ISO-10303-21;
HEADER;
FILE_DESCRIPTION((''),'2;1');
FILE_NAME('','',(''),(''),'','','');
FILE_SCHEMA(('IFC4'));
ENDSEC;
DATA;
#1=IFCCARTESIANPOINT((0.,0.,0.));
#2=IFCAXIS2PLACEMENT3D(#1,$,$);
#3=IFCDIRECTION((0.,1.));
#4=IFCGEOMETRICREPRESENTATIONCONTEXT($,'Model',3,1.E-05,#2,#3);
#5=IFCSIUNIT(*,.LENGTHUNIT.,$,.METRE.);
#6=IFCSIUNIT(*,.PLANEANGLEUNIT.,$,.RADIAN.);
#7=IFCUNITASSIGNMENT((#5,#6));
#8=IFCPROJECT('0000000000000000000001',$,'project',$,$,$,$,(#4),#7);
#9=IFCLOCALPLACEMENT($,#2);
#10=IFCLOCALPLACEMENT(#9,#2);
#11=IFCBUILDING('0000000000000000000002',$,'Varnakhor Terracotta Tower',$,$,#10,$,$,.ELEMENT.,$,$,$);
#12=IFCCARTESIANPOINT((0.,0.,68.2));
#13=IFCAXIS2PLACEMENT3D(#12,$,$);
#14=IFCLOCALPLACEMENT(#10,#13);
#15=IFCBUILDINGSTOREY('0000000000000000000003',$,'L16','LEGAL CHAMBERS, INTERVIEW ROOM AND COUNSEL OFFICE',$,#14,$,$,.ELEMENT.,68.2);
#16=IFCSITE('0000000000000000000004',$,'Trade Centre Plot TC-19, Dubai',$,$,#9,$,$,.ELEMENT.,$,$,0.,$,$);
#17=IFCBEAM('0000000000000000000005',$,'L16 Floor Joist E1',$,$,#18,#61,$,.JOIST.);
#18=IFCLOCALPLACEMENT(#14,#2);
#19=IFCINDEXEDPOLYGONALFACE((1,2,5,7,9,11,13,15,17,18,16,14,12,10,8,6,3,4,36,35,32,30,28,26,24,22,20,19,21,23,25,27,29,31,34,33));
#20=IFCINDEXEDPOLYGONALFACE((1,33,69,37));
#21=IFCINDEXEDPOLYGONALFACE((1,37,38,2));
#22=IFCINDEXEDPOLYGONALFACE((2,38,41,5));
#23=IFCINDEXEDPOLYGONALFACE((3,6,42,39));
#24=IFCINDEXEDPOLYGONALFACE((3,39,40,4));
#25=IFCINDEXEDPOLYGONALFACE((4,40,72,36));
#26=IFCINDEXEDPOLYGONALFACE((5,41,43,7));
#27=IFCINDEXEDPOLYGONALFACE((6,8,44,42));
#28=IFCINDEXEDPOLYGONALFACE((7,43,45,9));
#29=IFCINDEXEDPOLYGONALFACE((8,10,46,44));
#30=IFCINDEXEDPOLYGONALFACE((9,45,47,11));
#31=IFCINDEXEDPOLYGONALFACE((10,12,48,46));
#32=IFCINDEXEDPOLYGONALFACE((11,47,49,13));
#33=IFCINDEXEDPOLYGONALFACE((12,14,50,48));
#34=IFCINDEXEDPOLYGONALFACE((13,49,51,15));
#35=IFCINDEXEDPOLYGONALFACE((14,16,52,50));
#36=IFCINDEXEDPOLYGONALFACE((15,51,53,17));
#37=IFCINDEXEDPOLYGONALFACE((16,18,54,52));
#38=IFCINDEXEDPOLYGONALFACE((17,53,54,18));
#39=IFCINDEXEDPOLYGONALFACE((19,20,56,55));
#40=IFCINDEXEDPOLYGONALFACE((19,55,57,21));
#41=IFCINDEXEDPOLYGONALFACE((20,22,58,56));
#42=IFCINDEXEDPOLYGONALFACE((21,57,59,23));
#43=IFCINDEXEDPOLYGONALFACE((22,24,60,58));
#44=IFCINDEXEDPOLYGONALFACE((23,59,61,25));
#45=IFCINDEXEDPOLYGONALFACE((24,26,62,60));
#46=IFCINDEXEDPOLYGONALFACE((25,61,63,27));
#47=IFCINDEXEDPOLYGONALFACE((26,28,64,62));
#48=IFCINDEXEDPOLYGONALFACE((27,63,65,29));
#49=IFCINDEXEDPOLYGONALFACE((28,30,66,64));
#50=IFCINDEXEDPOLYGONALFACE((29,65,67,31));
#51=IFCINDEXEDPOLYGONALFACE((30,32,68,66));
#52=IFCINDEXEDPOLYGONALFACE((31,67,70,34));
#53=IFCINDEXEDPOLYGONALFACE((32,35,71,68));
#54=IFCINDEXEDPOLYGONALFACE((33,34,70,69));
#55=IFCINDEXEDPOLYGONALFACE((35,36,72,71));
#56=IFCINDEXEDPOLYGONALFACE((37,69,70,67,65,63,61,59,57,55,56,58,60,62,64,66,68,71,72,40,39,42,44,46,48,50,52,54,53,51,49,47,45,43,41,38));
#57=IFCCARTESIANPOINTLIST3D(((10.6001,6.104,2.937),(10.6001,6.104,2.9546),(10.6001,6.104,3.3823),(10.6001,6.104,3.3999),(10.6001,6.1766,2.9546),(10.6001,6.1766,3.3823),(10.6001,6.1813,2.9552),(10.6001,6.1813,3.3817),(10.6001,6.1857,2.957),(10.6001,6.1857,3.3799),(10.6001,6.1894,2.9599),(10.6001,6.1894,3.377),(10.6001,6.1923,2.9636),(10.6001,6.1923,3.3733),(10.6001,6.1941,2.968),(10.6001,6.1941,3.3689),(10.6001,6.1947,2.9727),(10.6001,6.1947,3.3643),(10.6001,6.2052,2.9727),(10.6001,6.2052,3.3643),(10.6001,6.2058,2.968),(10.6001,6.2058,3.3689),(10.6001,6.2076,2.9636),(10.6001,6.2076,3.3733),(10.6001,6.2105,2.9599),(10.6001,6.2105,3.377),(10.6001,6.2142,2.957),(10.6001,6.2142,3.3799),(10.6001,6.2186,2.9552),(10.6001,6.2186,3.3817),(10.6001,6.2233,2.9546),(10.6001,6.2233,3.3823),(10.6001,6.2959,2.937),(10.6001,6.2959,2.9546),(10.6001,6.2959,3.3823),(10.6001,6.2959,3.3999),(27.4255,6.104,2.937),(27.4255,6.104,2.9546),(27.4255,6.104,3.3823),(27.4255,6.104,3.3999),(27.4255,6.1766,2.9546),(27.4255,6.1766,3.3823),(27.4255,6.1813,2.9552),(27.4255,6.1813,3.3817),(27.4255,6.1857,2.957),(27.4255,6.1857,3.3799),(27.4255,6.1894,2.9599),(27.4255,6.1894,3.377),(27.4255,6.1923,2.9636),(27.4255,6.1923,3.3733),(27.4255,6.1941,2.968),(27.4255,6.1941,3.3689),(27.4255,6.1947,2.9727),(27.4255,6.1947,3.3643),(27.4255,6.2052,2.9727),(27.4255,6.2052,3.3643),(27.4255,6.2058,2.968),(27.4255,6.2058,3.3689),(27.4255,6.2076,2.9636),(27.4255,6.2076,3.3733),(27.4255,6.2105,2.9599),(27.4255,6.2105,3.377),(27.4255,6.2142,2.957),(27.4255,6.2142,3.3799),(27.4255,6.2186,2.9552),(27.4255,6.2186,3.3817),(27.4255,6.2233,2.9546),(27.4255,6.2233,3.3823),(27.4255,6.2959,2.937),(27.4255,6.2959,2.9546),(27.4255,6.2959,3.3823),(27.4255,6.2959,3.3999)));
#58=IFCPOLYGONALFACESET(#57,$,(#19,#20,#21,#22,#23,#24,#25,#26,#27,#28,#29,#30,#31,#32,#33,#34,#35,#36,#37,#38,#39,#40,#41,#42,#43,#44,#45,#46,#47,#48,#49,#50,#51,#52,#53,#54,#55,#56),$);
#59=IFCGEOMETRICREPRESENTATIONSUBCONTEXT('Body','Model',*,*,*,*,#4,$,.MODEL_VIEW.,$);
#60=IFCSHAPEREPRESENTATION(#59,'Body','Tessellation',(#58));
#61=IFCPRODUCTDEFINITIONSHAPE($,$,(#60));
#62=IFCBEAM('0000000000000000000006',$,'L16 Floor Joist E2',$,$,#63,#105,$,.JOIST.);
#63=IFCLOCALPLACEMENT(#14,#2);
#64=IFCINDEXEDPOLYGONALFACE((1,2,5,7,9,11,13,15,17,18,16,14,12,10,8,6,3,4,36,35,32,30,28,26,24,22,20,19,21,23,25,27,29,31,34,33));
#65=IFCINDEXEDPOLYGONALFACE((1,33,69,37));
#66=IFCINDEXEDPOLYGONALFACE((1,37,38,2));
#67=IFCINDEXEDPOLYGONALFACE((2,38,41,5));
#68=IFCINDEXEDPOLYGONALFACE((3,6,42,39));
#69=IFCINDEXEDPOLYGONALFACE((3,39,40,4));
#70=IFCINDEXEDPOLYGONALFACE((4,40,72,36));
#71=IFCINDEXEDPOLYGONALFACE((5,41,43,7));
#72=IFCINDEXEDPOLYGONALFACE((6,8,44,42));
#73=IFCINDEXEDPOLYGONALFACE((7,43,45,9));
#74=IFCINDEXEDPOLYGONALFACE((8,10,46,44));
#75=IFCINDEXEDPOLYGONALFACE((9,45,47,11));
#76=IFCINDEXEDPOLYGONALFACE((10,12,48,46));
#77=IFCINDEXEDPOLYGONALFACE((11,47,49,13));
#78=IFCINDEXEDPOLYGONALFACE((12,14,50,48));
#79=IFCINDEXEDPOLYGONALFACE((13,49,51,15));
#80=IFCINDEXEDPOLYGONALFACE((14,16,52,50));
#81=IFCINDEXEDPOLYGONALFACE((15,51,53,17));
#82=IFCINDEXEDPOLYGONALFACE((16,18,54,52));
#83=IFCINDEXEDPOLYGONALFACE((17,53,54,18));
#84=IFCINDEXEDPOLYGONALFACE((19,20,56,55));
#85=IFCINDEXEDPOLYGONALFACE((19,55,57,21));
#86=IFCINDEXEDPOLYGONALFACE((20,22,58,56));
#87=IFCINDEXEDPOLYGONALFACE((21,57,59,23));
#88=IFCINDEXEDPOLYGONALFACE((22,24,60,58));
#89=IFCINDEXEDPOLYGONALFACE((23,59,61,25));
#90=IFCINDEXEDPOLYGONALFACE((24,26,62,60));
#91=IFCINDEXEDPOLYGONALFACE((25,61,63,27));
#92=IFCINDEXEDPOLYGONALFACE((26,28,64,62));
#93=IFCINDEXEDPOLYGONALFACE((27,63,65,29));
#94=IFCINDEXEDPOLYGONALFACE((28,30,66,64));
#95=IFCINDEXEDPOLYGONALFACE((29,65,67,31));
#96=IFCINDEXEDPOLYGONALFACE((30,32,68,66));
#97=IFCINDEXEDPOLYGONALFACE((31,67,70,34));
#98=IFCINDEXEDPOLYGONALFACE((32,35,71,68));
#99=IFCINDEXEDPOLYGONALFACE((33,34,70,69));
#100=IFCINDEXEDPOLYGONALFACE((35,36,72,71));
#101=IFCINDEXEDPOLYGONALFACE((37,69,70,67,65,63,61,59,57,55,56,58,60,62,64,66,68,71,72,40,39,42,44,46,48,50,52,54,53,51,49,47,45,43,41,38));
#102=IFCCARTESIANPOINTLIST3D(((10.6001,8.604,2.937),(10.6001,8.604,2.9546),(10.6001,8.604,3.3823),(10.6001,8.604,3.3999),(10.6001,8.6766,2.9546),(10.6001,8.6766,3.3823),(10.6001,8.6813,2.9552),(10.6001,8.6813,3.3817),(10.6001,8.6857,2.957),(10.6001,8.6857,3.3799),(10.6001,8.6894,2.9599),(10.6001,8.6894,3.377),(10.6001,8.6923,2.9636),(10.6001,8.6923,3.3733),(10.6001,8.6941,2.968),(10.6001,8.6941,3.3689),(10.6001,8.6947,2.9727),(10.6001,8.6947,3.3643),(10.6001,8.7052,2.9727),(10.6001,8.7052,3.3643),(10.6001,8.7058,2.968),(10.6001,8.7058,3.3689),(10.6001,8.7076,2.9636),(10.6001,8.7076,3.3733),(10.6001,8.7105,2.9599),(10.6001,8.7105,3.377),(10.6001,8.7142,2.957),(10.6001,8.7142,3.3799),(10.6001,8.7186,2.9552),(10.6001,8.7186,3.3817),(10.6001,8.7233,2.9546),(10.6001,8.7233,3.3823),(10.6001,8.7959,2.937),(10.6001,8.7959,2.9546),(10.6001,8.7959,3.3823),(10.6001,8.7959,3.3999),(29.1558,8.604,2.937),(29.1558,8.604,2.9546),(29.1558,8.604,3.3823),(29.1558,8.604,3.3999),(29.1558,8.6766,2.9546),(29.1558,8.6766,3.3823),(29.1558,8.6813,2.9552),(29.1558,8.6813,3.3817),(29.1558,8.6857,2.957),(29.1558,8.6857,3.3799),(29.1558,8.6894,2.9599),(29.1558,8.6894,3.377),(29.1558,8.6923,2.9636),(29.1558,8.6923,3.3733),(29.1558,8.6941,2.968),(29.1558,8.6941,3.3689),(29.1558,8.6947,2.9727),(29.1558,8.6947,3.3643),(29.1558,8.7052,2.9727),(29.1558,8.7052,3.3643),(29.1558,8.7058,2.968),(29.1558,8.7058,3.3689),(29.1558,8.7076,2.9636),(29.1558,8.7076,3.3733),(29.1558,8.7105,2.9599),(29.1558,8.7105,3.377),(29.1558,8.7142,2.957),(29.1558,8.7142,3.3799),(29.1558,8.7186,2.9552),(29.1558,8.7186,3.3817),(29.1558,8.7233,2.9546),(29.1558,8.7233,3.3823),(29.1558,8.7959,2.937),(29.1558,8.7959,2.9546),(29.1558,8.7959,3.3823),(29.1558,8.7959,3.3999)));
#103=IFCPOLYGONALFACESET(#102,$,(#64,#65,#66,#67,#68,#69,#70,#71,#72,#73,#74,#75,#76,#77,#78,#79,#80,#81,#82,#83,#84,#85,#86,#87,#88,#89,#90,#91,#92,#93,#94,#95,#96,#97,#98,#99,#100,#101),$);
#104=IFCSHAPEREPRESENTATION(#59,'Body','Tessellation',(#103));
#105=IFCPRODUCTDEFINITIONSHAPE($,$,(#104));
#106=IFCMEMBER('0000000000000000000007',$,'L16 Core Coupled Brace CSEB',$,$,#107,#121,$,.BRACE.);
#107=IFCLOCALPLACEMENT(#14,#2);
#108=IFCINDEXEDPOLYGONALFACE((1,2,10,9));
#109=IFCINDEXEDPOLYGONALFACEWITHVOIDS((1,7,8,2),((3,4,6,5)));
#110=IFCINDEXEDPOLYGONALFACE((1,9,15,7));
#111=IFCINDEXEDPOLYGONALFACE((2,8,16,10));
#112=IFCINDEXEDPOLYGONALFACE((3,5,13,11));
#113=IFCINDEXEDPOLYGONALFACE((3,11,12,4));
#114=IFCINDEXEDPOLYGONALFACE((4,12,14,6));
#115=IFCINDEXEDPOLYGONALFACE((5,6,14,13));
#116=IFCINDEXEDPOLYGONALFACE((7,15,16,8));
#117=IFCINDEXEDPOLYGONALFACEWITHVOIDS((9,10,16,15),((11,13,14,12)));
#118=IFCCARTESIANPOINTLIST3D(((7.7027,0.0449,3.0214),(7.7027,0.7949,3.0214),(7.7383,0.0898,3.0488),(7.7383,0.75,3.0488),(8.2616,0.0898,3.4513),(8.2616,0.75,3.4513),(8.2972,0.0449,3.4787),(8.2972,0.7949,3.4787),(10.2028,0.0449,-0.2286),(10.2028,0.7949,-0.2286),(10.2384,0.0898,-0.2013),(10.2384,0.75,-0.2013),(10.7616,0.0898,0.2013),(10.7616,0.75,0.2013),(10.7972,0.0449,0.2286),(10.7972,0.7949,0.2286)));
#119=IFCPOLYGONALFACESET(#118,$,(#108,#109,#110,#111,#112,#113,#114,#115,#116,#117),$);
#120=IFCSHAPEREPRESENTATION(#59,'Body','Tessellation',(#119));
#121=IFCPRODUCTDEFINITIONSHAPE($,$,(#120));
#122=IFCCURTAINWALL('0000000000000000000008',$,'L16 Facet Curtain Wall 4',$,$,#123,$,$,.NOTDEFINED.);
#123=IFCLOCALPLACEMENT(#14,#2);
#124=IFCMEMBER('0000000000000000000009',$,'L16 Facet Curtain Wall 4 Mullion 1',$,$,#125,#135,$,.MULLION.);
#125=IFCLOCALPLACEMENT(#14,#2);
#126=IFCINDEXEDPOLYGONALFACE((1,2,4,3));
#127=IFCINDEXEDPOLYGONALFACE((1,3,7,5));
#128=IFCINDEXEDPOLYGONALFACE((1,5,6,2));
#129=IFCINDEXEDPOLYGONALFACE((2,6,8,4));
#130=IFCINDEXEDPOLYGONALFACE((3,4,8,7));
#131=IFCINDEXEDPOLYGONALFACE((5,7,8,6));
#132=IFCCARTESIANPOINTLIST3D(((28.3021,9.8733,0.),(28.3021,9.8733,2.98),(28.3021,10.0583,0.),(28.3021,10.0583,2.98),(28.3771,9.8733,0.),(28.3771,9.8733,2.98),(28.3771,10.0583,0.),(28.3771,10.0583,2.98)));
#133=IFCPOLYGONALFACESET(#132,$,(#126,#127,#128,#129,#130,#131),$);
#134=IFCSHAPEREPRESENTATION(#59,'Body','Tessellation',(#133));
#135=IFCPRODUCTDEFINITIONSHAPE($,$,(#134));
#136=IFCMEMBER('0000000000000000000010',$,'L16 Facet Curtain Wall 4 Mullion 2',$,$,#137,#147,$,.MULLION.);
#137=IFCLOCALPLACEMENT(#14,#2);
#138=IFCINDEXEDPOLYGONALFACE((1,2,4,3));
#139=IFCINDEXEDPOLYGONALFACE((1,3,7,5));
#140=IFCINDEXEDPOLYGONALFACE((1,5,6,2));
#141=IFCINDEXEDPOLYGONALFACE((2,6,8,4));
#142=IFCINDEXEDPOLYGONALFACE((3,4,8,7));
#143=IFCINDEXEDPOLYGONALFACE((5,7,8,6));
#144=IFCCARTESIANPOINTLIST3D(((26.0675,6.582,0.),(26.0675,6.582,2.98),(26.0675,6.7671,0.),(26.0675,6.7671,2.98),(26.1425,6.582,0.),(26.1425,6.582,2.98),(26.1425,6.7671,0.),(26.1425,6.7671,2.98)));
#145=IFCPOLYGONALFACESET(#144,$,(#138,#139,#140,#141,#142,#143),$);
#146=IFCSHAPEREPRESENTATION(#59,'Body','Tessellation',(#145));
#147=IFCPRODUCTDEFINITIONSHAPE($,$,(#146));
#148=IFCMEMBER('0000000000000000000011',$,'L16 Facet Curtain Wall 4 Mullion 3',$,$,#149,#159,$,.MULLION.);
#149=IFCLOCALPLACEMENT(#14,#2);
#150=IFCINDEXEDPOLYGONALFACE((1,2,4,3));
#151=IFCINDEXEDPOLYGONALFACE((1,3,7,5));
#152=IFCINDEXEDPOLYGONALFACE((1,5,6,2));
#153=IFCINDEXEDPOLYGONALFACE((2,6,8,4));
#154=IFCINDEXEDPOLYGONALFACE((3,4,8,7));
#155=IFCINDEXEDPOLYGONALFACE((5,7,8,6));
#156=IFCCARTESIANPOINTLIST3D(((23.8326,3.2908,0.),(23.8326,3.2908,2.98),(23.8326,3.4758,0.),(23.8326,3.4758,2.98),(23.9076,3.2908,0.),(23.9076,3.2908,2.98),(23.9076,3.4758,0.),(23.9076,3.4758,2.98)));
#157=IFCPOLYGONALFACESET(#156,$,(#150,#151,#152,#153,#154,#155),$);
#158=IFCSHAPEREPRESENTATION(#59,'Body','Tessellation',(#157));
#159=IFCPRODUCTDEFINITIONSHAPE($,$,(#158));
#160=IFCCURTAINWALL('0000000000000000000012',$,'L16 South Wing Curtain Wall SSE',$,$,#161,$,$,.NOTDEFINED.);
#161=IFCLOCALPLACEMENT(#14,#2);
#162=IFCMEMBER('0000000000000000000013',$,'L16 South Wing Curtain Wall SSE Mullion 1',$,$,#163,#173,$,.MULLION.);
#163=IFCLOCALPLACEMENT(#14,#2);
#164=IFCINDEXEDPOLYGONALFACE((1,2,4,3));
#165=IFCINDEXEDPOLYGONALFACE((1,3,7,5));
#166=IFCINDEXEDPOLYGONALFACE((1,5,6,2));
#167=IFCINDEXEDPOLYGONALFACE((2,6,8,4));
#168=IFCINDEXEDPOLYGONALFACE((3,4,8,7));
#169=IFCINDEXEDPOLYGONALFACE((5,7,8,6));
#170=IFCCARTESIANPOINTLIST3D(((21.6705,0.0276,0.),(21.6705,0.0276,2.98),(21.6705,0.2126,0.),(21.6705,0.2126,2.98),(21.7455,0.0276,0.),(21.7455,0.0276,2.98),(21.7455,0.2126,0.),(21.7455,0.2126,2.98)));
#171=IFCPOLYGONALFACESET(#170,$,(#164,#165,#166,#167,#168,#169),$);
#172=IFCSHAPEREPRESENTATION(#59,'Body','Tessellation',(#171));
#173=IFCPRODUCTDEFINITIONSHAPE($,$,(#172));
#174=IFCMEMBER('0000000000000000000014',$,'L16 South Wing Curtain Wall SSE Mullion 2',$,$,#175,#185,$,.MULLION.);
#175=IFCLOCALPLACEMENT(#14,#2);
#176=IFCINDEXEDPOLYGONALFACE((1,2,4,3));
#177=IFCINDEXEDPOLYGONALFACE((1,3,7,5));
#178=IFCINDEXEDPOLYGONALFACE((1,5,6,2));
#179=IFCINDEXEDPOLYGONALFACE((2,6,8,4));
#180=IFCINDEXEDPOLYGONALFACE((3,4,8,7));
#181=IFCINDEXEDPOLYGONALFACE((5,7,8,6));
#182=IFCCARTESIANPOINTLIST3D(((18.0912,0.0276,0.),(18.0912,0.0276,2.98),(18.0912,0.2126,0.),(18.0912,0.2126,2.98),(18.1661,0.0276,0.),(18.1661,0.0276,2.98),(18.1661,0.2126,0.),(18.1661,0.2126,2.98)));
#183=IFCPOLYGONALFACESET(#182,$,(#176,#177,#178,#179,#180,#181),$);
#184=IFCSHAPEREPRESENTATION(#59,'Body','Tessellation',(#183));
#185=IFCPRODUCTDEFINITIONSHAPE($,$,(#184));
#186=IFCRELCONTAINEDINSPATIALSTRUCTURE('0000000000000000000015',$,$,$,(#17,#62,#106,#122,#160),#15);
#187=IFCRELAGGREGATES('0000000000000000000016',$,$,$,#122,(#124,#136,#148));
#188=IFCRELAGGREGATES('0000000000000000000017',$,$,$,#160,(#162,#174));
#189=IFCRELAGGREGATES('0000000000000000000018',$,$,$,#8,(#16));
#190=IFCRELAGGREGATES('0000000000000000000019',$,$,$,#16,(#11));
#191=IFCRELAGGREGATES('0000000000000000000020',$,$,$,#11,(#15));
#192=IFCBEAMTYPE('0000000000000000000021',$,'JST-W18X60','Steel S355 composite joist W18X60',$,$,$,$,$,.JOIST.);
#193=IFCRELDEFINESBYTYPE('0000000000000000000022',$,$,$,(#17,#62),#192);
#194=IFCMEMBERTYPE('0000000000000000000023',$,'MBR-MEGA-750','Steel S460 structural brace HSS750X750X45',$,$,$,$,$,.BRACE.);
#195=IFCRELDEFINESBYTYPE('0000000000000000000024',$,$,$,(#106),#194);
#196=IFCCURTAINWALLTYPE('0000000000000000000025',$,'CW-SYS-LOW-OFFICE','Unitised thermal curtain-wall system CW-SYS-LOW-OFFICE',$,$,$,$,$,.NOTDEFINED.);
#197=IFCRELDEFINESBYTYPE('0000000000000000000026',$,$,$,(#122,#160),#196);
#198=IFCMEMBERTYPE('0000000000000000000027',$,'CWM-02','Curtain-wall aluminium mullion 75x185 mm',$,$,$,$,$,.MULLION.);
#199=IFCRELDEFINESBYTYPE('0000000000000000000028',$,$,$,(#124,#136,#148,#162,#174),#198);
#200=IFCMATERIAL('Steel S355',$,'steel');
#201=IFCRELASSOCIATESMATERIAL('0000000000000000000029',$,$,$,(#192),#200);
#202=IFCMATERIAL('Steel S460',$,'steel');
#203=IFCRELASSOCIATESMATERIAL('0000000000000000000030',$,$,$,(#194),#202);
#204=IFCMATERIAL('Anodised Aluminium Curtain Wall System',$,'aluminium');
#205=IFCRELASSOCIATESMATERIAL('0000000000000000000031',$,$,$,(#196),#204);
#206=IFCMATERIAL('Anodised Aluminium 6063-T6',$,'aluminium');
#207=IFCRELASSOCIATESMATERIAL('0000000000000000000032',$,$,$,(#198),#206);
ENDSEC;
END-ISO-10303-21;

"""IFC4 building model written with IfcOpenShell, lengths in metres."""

from ifc_helpers import new_model, si_unit, direction, frame, origin, origin_2d, place, context, subcontext, project, spatial, rectangle, hollow_rectangle, i_section, extrude, source, transform, mapped, material, material_profile, profile_set, type_object, element, aggregate, save


model = new_model("IFC4")

# Units and contexts
model_context = context("Model", 3, precision=1e-05, world=origin(), true_north=direction((0.0, 1.0)))
body_context = subcontext(model_context, "Body", "Model", "MODEL_VIEW")
ifc_project = project(units=[si_unit("LENGTHUNIT", "METRE"), si_unit("PLANEANGLEUNIT", "RADIAN")], contexts=[model_context])

# Site, building, storey
site_placement = place(None, origin())
site = spatial("IfcSite", under=ifc_project, at=site_placement, Name="Trade Centre Plot TC-19, Dubai", CompositionType="ELEMENT", RefElevation=0.0)
building_placement = place(site_placement, origin())
building = spatial("IfcBuilding", under=site, at=building_placement, Name="Varnakhor Terracotta Tower", CompositionType="ELEMENT")
storey_placement = place(building_placement, frame((0.0, 0.0, 68.2)))
storey = spatial("IfcBuildingStorey", under=building, at=storey_placement, Name="L16", Description="LEGAL CHAMBERS, INTERVIEW ROOM AND COUNSEL OFFICE", CompositionType="ELEMENT", Elevation=68.2)

# Shared definitions
ifc_material_1 = material(Name="Steel S460", Category="steel")

# Beams
ifc_material_2 = material(Name="Steel S355", Category="steel")
ifc_material_profile_1 = material_profile(ifc_material_2, i_section(OverallWidth=0.1919, OverallDepth=0.4629, WebThickness=0.0105, FlangeThickness=0.0176, FilletRadius=0.0181, at=origin_2d()), Name="W18X60")
ifc_profile_set_1 = profile_set([ifc_material_profile_1], Name="Steel S355")
beam_type_1 = type_object("IfcBeamType", Name="JST-W18X60", Description="Steel S355 composite joist W18X60", PredefinedType="JOIST", material=ifc_profile_set_1)
shared_shape_1 = source(origin(), body_context, "Body", "SweptSolid", [
    extrude(i_section(OverallWidth=0.1919, OverallDepth=0.4629, WebThickness=0.0105, FlangeThickness=0.0176, FilletRadius=0.0181, at=origin_2d()), origin(), (0.0, 0.0, 1.0), 16.8254),
])
beam_1_placement = place(storey_placement, frame((10.6001, 6.2, 3.1685), z_axis=(1.0, 0.0, 0.0), x_axis=(0.0, 1.0, 0.0)))
element("IfcBeam", 1, at=beam_1_placement, inside=storey, type_object=beam_type_1, Name="L16 Floor Joist E1", PredefinedType="JOIST", context=body_context, shape_type="MappedRepresentation", body=[
    mapped(shared_shape_1, transform((0.0, 0.0, 0.0), scale=1.0)),
])
shared_shape_2 = source(origin(), body_context, "Body", "SweptSolid", [
    extrude(i_section(OverallWidth=0.1919, OverallDepth=0.4629, WebThickness=0.0105, FlangeThickness=0.0176, FilletRadius=0.0181, at=origin_2d()), origin(), (0.0, 0.0, 1.0), 18.5557),
])
beam_2_placement = place(storey_placement, frame((10.6001, 8.7, 3.1685), z_axis=(1.0, 0.0, 0.0), x_axis=(0.0, 1.0, 0.0)))
element("IfcBeam", 2, at=beam_2_placement, inside=storey, type_object=beam_type_1, Name="L16 Floor Joist E2", PredefinedType="JOIST", context=body_context, shape_type="MappedRepresentation", body=[
    mapped(shared_shape_2, transform((0.0, 0.0, 0.0), scale=1.0)),
])

# Member
ifc_material_profile_2 = material_profile(ifc_material_1, hollow_rectangle(XDim=0.75, YDim=0.75, WallThickness=0.0449, at=origin_2d()), Name="HSS750X750X45")
ifc_profile_set_2 = profile_set([ifc_material_profile_2], Name="Steel S460")
member_type_1 = type_object("IfcMemberType", Name="MBR-MEGA-750", Description="Steel S460 structural brace HSS750X750X45", PredefinedType="BRACE", material=ifc_profile_set_2)
shared_shape_3 = source(origin(), body_context, "Body", "SweptSolid", [
    extrude(hollow_rectangle(XDim=0.75, YDim=0.75, WallThickness=0.0449, at=origin_2d()), origin(), (0.0, 0.0, 1.0), 4.1003),
])
member_1_placement = place(storey_placement, frame((10.5, 0.4199, 0.0), z_axis=(-0.609711, 0.0, 0.792624), x_axis=(0.0, -1.0, 0.0)))
element("IfcMember", 3, at=member_1_placement, inside=storey, type_object=member_type_1, Name="L16 Core Coupled Brace CSEB", PredefinedType="BRACE", context=body_context, shape_type="MappedRepresentation", body=[
    mapped(shared_shape_3, transform((0.0, 0.0, 0.0), scale=1.0)),
])

# Curtain walls, members
ifc_material_3 = material(Name="Anodised Aluminium Curtain Wall System", Category="aluminium")
curtain_wall_type = type_object("IfcCurtainWallType", Name="CW-SYS-LOW-OFFICE", Description="Unitised thermal curtain-wall system CW-SYS-LOW-OFFICE", PredefinedType="NOTDEFINED", material=ifc_material_3)
curtain_wall_1_placement = place(storey_placement, origin())
curtain_wall_1 = element("IfcCurtainWall", 4, at=curtain_wall_1_placement, inside=storey, type_object=curtain_wall_type, Name="L16 Facet Curtain Wall 4", PredefinedType="NOTDEFINED")
ifc_material_4 = material(Name="Anodised Aluminium 6063-T6", Category="aluminium")
ifc_material_profile_3 = material_profile(ifc_material_4, rectangle(XDim=0.075, YDim=0.1851, at=origin_2d()), Name="ALU MULLION 75x185")
ifc_profile_set_3 = profile_set([ifc_material_profile_3], Name="Anodised Aluminium 6063-T6")
member_type_2 = type_object("IfcMemberType", Name="CWM-02", Description="Curtain-wall aluminium mullion 75x185 mm", PredefinedType="MULLION", material=ifc_profile_set_3)
shared_shape_4 = source(origin(), body_context, "Body", "SweptSolid", [
    extrude(rectangle(XDim=0.075, YDim=0.1851, at=origin_2d()), origin(), (0.0, 0.0, 1.0), 2.98),
])
member_2_placement = place(storey_placement, frame((28.3396, 9.9658, 0.0), z_axis=(0.0, 0.0, 1.0), x_axis=(1.0, 0.0, 0.0)))
member_2 = element("IfcMember", 5, at=member_2_placement, type_object=member_type_2, Name="L16 Facet Curtain Wall 4 Mullion 1", PredefinedType="MULLION", context=body_context, shape_type="MappedRepresentation", body=[
    mapped(shared_shape_4, transform((0.0, 0.0, 0.0), scale=1.0)),
])
member_3_placement = place(storey_placement, frame((26.105, 6.6746, 0.0), z_axis=(0.0, 0.0, 1.0), x_axis=(1.0, 0.0, 0.0)))
member_3 = element("IfcMember", 6, at=member_3_placement, type_object=member_type_2, Name="L16 Facet Curtain Wall 4 Mullion 2", PredefinedType="MULLION", context=body_context, shape_type="MappedRepresentation", body=[
    mapped(shared_shape_4, transform((0.0, 0.0, 0.0), scale=1.0)),
])
member_4_placement = place(storey_placement, frame((23.8701, 3.3833, 0.0), z_axis=(0.0, 0.0, 1.0), x_axis=(1.0, 0.0, 0.0)))
member_4 = element("IfcMember", 7, at=member_4_placement, type_object=member_type_2, Name="L16 Facet Curtain Wall 4 Mullion 3", PredefinedType="MULLION", context=body_context, shape_type="MappedRepresentation", body=[
    mapped(shared_shape_4, transform((0.0, 0.0, 0.0), scale=1.0)),
])
curtain_wall_2_placement = place(storey_placement, origin())
curtain_wall_2 = element("IfcCurtainWall", 8, at=curtain_wall_2_placement, inside=storey, type_object=curtain_wall_type, Name="L16 South Wing Curtain Wall SSE", PredefinedType="NOTDEFINED")
member_5_placement = place(storey_placement, frame((21.708, 0.1201, 0.0), z_axis=(0.0, 0.0, 1.0), x_axis=(1.0, 0.0, 0.0)))
member_5 = element("IfcMember", 9, at=member_5_placement, type_object=member_type_2, Name="L16 South Wing Curtain Wall SSE Mullion 1", PredefinedType="MULLION", context=body_context, shape_type="MappedRepresentation", body=[
    mapped(shared_shape_4, transform((0.0, 0.0, 0.0), scale=1.0)),
])
member_6_placement = place(storey_placement, frame((18.1287, 0.1201, 0.0), z_axis=(0.0, 0.0, 1.0), x_axis=(1.0, 0.0, 0.0)))
member_6 = element("IfcMember", 10, at=member_6_placement, type_object=member_type_2, Name="L16 South Wing Curtain Wall SSE Mullion 2", PredefinedType="MULLION", context=body_context, shape_type="MappedRepresentation", body=[
    mapped(shared_shape_4, transform((0.0, 0.0, 0.0), scale=1.0)),
])

aggregate(curtain_wall_1, [member_2, member_3, member_4])
aggregate(curtain_wall_2, [member_5, member_6])

save(model, "model.ifc")
